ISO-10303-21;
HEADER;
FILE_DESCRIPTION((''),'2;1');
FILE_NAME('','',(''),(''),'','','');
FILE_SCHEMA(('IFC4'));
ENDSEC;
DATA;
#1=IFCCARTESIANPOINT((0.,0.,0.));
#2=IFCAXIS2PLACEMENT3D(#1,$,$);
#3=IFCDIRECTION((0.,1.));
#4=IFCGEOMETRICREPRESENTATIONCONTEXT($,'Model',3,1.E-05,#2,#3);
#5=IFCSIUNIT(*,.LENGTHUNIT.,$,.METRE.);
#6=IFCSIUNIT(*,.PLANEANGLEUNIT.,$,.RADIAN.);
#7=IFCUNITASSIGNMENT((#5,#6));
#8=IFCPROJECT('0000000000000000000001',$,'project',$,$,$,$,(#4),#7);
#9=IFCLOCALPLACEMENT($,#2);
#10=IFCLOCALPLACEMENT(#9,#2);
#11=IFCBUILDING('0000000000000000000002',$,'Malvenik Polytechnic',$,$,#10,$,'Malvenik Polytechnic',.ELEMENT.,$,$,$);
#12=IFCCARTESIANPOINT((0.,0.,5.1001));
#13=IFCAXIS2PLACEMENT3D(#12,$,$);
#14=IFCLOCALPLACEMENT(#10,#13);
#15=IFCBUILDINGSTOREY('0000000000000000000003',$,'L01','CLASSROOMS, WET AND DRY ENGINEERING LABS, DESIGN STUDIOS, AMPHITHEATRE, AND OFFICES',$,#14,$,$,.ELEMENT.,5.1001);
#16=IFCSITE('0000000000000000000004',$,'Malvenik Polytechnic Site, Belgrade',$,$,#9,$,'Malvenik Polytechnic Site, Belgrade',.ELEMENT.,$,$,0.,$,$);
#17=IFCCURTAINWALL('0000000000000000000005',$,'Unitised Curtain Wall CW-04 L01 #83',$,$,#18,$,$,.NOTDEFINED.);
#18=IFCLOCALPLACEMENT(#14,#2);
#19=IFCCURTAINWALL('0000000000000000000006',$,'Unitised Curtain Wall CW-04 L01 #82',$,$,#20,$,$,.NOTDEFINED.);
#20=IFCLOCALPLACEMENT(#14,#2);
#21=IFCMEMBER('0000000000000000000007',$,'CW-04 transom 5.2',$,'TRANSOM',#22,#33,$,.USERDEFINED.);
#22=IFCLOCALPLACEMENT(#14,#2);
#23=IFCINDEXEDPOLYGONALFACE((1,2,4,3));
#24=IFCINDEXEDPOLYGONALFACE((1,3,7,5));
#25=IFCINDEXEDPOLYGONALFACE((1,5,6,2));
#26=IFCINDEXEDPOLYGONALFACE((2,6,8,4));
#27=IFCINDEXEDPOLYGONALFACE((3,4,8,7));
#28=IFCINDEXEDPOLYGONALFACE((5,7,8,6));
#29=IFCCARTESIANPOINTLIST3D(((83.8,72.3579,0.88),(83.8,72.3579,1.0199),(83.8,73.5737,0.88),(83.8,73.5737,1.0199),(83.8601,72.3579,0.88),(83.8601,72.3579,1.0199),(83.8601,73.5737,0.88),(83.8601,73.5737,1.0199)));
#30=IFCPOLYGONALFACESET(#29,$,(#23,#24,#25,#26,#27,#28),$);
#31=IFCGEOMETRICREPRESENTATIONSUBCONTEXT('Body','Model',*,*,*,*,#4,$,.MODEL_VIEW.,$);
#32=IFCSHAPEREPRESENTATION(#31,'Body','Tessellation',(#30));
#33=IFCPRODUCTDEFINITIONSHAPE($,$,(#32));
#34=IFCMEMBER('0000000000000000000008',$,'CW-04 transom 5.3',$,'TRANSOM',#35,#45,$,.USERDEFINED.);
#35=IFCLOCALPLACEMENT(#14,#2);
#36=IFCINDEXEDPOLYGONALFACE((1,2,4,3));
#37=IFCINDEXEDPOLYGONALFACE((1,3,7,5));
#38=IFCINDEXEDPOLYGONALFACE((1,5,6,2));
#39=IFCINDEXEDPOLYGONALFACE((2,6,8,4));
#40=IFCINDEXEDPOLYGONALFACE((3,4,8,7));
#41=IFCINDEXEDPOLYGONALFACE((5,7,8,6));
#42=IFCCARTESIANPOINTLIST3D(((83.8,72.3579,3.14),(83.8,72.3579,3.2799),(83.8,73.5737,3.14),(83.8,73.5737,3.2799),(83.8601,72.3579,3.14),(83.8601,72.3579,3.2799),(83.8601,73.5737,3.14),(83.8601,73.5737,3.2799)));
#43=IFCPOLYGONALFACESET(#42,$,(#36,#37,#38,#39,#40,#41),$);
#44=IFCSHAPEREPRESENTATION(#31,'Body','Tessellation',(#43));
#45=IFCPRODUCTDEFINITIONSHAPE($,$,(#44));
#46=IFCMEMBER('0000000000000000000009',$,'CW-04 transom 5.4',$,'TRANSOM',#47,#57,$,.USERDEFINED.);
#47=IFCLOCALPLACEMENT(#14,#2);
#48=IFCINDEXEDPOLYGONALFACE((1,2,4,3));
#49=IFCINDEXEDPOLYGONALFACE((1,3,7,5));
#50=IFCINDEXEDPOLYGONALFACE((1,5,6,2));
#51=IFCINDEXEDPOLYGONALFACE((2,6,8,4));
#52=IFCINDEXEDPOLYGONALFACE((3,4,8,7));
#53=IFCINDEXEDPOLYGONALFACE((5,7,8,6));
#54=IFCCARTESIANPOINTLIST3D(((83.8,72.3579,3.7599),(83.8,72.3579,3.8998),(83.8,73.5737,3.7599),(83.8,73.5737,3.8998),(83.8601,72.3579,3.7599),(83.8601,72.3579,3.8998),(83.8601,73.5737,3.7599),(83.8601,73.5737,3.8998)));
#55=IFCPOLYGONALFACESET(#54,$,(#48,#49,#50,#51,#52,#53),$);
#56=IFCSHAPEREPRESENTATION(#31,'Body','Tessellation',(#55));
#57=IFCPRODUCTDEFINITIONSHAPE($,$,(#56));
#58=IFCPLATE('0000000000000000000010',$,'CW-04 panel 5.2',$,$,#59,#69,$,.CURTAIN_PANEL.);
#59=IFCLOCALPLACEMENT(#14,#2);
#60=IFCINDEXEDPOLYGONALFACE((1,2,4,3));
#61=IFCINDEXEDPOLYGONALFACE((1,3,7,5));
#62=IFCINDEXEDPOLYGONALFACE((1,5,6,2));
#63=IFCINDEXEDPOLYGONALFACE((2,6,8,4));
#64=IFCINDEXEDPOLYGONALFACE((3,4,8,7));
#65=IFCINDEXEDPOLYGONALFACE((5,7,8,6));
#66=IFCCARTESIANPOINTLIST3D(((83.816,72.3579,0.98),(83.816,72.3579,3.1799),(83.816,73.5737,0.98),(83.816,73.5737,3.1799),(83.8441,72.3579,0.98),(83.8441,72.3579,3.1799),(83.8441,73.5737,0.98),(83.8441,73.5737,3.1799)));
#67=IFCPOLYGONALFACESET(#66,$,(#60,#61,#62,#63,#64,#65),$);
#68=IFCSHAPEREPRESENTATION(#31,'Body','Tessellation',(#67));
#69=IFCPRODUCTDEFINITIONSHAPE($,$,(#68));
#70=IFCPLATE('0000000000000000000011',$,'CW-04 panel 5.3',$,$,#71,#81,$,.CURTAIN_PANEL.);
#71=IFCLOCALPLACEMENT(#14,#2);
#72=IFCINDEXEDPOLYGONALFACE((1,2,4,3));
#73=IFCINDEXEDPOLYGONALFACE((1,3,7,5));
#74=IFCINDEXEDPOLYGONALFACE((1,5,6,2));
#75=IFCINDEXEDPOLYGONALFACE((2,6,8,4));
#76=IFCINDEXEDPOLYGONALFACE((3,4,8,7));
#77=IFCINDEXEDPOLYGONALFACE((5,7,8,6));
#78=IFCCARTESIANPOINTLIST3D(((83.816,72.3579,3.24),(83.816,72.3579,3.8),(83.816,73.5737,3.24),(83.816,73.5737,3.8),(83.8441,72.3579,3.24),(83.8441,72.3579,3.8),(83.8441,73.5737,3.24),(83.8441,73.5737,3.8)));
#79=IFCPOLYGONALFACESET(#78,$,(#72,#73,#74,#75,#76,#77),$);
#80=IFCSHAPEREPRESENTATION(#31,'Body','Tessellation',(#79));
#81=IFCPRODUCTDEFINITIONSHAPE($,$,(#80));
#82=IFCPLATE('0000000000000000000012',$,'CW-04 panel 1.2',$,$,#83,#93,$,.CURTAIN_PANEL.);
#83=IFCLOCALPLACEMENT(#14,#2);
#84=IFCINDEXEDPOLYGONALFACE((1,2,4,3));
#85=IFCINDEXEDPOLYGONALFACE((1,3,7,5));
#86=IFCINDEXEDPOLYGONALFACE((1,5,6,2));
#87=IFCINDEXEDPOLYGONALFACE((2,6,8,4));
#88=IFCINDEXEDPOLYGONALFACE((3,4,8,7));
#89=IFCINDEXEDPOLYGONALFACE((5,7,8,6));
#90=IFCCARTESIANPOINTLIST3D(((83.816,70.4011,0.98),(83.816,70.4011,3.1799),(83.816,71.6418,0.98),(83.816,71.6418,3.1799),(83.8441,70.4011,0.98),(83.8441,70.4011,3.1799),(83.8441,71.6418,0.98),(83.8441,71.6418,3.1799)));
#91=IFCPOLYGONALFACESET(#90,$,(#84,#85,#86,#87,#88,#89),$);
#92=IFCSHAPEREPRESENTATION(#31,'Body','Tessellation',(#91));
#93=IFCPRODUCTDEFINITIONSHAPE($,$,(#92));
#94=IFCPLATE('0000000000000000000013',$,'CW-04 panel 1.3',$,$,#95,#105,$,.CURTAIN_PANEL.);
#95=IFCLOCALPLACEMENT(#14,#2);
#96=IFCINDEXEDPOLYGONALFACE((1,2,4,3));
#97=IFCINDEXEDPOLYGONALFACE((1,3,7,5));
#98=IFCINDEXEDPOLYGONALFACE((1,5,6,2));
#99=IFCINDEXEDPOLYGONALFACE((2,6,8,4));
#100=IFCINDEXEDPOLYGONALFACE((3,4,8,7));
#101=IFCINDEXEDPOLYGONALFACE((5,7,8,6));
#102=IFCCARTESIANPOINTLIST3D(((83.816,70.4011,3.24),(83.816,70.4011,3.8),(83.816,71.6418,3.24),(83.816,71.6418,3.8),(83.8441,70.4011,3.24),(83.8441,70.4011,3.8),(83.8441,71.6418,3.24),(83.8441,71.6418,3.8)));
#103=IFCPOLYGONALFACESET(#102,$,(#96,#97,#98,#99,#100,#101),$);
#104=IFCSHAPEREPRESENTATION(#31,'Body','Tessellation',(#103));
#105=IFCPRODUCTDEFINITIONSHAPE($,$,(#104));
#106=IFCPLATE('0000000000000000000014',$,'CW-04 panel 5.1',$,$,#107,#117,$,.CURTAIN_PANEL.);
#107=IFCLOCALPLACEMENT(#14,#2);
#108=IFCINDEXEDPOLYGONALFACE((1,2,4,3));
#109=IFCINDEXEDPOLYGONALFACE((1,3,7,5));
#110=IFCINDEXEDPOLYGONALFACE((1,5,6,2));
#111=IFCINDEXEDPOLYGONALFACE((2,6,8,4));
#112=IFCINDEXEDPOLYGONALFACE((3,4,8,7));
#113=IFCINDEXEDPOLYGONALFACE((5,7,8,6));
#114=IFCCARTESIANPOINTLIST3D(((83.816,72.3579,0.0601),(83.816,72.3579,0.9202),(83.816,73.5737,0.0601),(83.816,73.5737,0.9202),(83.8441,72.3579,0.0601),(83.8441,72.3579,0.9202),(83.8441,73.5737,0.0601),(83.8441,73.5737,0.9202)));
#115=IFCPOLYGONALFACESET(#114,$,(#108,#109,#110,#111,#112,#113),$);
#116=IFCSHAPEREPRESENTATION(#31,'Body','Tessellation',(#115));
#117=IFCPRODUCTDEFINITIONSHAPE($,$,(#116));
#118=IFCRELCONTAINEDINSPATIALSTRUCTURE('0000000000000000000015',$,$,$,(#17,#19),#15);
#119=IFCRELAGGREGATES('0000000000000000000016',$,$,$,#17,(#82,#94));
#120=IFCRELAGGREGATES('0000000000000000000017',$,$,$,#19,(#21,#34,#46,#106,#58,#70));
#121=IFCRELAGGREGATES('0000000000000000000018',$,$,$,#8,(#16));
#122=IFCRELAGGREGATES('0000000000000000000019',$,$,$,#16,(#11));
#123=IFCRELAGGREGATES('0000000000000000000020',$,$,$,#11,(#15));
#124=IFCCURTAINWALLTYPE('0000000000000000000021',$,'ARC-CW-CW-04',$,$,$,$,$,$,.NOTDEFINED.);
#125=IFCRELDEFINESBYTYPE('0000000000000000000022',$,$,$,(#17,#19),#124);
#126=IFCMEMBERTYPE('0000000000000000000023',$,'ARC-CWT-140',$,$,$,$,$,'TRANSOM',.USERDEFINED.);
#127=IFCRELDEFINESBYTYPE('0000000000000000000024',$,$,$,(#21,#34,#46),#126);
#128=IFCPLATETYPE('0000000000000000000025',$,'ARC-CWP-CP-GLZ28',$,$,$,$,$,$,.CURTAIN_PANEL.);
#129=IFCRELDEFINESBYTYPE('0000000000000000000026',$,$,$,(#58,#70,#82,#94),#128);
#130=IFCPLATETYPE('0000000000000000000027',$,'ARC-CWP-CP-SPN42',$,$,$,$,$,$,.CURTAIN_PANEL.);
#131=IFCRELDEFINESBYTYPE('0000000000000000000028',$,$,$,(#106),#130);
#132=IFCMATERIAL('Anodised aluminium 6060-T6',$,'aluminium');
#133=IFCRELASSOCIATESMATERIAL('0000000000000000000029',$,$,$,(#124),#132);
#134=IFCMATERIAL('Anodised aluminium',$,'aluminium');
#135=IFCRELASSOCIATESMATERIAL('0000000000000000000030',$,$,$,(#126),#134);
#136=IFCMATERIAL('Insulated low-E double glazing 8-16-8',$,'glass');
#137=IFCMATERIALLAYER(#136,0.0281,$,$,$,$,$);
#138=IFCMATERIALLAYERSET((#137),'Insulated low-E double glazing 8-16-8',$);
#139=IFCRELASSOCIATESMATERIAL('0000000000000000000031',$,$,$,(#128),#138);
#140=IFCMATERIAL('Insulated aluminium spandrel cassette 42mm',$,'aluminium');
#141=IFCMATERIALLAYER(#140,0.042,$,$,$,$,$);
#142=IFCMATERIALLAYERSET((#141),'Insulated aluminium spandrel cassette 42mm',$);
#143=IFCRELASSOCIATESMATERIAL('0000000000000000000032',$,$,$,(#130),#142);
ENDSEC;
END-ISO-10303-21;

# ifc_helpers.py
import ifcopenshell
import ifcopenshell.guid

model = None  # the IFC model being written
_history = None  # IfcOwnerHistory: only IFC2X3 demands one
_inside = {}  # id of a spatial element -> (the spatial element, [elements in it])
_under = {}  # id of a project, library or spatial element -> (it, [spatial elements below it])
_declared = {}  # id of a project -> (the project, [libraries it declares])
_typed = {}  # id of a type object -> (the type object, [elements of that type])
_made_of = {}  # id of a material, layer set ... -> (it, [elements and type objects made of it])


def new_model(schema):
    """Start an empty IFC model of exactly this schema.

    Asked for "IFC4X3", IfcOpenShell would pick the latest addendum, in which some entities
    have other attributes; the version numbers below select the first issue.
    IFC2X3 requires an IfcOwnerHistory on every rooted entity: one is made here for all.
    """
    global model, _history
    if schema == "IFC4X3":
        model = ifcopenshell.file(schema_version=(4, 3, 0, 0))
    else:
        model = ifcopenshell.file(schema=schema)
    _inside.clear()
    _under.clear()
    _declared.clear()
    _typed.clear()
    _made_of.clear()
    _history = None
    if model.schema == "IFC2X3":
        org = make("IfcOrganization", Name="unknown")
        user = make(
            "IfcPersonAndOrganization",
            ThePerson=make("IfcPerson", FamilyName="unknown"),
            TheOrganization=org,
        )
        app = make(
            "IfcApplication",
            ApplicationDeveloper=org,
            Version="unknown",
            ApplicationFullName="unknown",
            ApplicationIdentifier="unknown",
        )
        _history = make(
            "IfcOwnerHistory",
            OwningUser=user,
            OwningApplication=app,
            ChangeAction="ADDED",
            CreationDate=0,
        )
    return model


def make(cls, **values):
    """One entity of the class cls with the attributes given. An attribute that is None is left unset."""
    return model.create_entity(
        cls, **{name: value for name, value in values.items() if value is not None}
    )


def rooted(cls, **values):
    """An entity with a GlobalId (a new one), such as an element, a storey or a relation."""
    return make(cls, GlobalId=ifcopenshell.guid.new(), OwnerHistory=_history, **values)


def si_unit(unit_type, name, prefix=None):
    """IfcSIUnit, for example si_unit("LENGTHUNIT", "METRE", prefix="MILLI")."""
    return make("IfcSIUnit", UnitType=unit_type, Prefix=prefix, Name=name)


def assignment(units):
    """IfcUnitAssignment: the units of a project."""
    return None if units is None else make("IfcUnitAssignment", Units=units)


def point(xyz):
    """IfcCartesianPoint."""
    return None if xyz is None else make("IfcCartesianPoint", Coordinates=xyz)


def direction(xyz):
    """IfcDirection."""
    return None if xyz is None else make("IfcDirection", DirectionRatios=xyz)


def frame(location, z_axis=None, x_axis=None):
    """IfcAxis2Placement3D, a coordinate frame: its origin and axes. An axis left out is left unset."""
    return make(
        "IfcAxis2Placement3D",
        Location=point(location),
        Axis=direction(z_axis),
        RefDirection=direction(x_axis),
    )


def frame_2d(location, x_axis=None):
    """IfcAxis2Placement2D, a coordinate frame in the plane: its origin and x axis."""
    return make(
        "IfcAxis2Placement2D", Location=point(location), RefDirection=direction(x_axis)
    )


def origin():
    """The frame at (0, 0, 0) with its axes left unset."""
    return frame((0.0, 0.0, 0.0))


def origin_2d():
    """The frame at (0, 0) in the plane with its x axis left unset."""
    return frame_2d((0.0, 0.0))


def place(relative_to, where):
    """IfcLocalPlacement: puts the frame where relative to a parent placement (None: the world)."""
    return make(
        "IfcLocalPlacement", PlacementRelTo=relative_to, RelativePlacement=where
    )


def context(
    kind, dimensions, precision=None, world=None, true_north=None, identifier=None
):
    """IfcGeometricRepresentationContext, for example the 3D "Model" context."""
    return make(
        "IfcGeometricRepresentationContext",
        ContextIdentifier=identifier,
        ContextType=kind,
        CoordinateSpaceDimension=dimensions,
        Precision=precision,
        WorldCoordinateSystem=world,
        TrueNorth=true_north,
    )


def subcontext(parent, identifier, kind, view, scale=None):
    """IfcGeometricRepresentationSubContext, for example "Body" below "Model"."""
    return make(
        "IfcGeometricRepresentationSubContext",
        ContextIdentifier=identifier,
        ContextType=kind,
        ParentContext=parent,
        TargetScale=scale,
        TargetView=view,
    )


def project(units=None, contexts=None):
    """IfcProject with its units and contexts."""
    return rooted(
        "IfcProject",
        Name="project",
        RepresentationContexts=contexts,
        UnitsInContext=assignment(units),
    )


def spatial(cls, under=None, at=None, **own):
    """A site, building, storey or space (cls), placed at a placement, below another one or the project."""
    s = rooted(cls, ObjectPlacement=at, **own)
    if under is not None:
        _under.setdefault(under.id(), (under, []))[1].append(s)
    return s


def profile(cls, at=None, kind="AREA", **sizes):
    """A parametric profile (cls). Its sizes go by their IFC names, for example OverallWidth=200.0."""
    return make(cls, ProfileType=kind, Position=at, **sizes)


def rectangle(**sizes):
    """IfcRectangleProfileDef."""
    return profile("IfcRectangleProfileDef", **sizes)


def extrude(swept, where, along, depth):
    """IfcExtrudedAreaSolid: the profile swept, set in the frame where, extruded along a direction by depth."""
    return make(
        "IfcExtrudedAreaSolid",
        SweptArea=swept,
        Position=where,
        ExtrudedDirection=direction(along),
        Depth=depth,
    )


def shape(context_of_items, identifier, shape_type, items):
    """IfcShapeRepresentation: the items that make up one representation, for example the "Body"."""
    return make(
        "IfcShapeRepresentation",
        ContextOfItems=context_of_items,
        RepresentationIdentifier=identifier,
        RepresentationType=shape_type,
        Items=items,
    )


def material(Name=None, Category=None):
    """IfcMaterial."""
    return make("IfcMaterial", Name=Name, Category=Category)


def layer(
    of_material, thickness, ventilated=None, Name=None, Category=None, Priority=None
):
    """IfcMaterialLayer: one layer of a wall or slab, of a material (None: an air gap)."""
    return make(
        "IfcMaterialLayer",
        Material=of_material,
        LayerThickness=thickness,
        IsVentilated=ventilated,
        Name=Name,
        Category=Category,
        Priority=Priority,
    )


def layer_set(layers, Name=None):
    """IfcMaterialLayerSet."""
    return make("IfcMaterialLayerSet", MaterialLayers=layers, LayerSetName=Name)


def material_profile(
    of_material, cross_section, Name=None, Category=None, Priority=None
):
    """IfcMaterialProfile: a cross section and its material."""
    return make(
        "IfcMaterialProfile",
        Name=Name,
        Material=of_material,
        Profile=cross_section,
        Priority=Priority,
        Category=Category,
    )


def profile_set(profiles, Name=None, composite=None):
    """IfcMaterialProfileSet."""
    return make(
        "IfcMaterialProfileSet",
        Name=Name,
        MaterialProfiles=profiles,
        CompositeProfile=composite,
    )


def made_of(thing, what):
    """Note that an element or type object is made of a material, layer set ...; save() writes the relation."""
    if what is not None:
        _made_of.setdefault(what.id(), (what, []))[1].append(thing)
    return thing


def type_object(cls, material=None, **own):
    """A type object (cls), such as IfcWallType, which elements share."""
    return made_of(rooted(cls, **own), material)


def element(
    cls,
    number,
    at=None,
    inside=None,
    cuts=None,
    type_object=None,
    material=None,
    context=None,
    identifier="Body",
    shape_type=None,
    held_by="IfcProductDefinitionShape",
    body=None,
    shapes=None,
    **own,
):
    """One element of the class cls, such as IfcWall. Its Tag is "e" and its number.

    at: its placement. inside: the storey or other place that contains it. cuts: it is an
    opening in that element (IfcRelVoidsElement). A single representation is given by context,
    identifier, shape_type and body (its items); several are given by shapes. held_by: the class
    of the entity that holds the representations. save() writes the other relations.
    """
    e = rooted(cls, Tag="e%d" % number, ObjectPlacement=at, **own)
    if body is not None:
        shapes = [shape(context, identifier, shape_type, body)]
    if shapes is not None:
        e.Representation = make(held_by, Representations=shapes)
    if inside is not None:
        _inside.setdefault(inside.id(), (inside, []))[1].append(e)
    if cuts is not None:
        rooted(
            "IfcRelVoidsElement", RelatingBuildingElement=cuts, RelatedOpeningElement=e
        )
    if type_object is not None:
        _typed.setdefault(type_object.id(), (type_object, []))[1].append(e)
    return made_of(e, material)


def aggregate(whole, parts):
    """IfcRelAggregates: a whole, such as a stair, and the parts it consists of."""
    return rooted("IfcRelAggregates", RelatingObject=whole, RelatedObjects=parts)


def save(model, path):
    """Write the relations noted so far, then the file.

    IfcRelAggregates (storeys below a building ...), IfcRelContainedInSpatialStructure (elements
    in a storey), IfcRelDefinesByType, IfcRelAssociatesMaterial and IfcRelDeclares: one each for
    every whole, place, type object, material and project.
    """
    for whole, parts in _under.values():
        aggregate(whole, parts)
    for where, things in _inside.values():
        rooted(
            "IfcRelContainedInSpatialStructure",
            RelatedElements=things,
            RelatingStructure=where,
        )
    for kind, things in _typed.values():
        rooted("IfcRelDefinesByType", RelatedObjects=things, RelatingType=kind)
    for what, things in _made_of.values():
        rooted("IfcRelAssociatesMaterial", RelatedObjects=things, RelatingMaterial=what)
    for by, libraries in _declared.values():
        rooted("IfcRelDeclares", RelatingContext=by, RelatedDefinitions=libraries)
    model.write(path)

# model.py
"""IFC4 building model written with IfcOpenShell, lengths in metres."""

from ifc_helpers import new_model, si_unit, direction, frame, origin, origin_2d, place, context, subcontext, project, spatial, rectangle, extrude, material, layer, layer_set, material_profile, profile_set, type_object, element, aggregate, save


model = new_model("IFC4")

# Units and contexts
model_context = context("Model", 3, precision=1e-05, world=origin(), true_north=direction((0.0, 1.0)))
body_context = subcontext(model_context, "Body", "Model", "MODEL_VIEW")
ifc_project = project(units=[si_unit("LENGTHUNIT", "METRE"), si_unit("PLANEANGLEUNIT", "RADIAN")], contexts=[model_context])

# Site, building, storey
site_placement = place(None, origin())
site = spatial("IfcSite", under=ifc_project, at=site_placement, Name="Malvenik Polytechnic Site, Belgrade", LongName="Malvenik Polytechnic Site, Belgrade", CompositionType="ELEMENT", RefElevation=0.0)
building_placement = place(site_placement, origin())
building = spatial("IfcBuilding", under=site, at=building_placement, Name="Malvenik Polytechnic", LongName="Malvenik Polytechnic", CompositionType="ELEMENT")
storey_placement = place(building_placement, frame((0.0, 0.0, 5.1001)))
storey = spatial("IfcBuildingStorey", under=building, at=storey_placement, Name="L01", Description="CLASSROOMS, WET AND DRY ENGINEERING LABS, DESIGN STUDIOS, AMPHITHEATRE, AND OFFICES", CompositionType="ELEMENT", Elevation=5.1001)

# Curtain wall
ifc_material_1 = material(Name="Anodised aluminium 6060-T6", Category="aluminium")
curtain_wall_type = type_object("IfcCurtainWallType", Name="ARC-CW-CW-04", PredefinedType="NOTDEFINED", material=ifc_material_1)
curtain_wall_1_placement = place(storey_placement, origin())
curtain_wall_1 = element("IfcCurtainWall", 1, at=curtain_wall_1_placement, inside=storey, type_object=curtain_wall_type, Name="Unitised Curtain Wall CW-04 L01 #83", PredefinedType="NOTDEFINED")
ifc_material_2 = material(Name="Anodised aluminium", Category="aluminium")

# Curtain wall
curtain_wall_2_placement = place(storey_placement, origin())
curtain_wall_2 = element("IfcCurtainWall", 2, at=curtain_wall_2_placement, inside=storey, type_object=curtain_wall_type, Name="Unitised Curtain Wall CW-04 L01 #82", PredefinedType="NOTDEFINED")

# Members
ifc_material_profile_1 = material_profile(ifc_material_2, rectangle(XDim=0.0601, YDim=0.1399, at=origin_2d()), Name="ALU TRANSOM 60x140")
ifc_profile_set_1 = profile_set([ifc_material_profile_1], Name="Anodised aluminium")
member_type_1 = type_object("IfcMemberType", Name="ARC-CWT-140", ElementType="TRANSOM", PredefinedType="USERDEFINED", material=ifc_profile_set_1)
member_1_placement = place(storey_placement, frame((83.8301, 73.5737, 0.95), z_axis=(0.0, -1.0, 0.0), x_axis=(1.0, 0.0, 0.0)))
member_1 = element("IfcMember", 3, at=member_1_placement, type_object=member_type_1, Name="CW-04 transom 5.2", ObjectType="TRANSOM", PredefinedType="USERDEFINED", context=body_context, shape_type="SweptSolid", body=[
    extrude(rectangle(XDim=0.0601, YDim=0.1399, at=origin_2d()), origin(), (0.0, 0.0, 1.0), 1.2158),
])
member_2_placement = place(storey_placement, frame((83.8301, 73.5737, 3.21), z_axis=(0.0, -1.0, 0.0), x_axis=(1.0, 0.0, 0.0)))
member_2 = element("IfcMember", 4, at=member_2_placement, type_object=member_type_1, Name="CW-04 transom 5.3", ObjectType="TRANSOM", PredefinedType="USERDEFINED", context=body_context, shape_type="SweptSolid", body=[
    extrude(rectangle(XDim=0.0601, YDim=0.1399, at=origin_2d()), origin(), (0.0, 0.0, 1.0), 1.2158),
])
member_3_placement = place(storey_placement, frame((83.8301, 73.5737, 3.8298), z_axis=(0.0, -1.0, 0.0), x_axis=(1.0, 0.0, 0.0)))
member_3 = element("IfcMember", 5, at=member_3_placement, type_object=member_type_1, Name="CW-04 transom 5.4", ObjectType="TRANSOM", PredefinedType="USERDEFINED", context=body_context, shape_type="SweptSolid", body=[
    extrude(rectangle(XDim=0.0601, YDim=0.1399, at=origin_2d()), origin(), (0.0, 0.0, 1.0), 1.2158),
])

# Plates
ifc_material_3 = material(Name="Insulated low-E double glazing 8-16-8", Category="glass")
ifc_layer_1 = layer(ifc_material_3, 0.0281)
ifc_layer_set_1 = layer_set([ifc_layer_1], Name="Insulated low-E double glazing 8-16-8")
plate_type_1 = type_object("IfcPlateType", Name="ARC-CWP-CP-GLZ28", PredefinedType="CURTAIN_PANEL", material=ifc_layer_set_1)
plate_1_placement = place(storey_placement, frame((83.8301, 72.9658, 0.98), z_axis=(0.0, 0.0, 1.0), x_axis=(0.0, -1.0, 0.0)))
plate_1 = element("IfcPlate", 6, at=plate_1_placement, type_object=plate_type_1, Name="CW-04 panel 5.2", PredefinedType="CURTAIN_PANEL", context=body_context, shape_type="SweptSolid", body=[
    extrude(rectangle(XDim=1.2158, YDim=0.0281, at=origin_2d()), origin(), (0.0, 0.0, 1.0), 2.2),
])
plate_2_placement = place(storey_placement, frame((83.8301, 72.9658, 3.24), z_axis=(0.0, 0.0, 1.0), x_axis=(0.0, -1.0, 0.0)))
plate_2 = element("IfcPlate", 7, at=plate_2_placement, type_object=plate_type_1, Name="CW-04 panel 5.3", PredefinedType="CURTAIN_PANEL", context=body_context, shape_type="SweptSolid", body=[
    extrude(rectangle(XDim=1.2158, YDim=0.0281, at=origin_2d()), origin(), (0.0, 0.0, 1.0), 0.5601),
])
plate_3_placement = place(storey_placement, frame((83.8301, 71.0215, 0.98), z_axis=(0.0, 0.0, 1.0), x_axis=(0.0, -1.0, 0.0)))
plate_3 = element("IfcPlate", 8, at=plate_3_placement, type_object=plate_type_1, Name="CW-04 panel 1.2", PredefinedType="CURTAIN_PANEL", context=body_context, shape_type="SweptSolid", body=[
    extrude(rectangle(XDim=1.2407, YDim=0.0281, at=origin_2d()), origin(), (0.0, 0.0, 1.0), 2.2),
])
plate_4_placement = place(storey_placement, frame((83.8301, 71.0215, 3.24), z_axis=(0.0, 0.0, 1.0), x_axis=(0.0, -1.0, 0.0)))
plate_4 = element("IfcPlate", 9, at=plate_4_placement, type_object=plate_type_1, Name="CW-04 panel 1.3", PredefinedType="CURTAIN_PANEL", context=body_context, shape_type="SweptSolid", body=[
    extrude(rectangle(XDim=1.2407, YDim=0.0281, at=origin_2d()), origin(), (0.0, 0.0, 1.0), 0.5601),
])
aggregate(curtain_wall_1, [plate_3, plate_4])
ifc_material_4 = material(Name="Insulated aluminium spandrel cassette 42mm", Category="aluminium")
ifc_layer_2 = layer(ifc_material_4, 0.042)
ifc_layer_set_2 = layer_set([ifc_layer_2], Name="Insulated aluminium spandrel cassette 42mm")
plate_type_2 = type_object("IfcPlateType", Name="ARC-CWP-CP-SPN42", PredefinedType="CURTAIN_PANEL", material=ifc_layer_set_2)
plate_5_placement = place(storey_placement, frame((83.8301, 72.9658, 0.0601), z_axis=(0.0, 0.0, 1.0), x_axis=(0.0, -1.0, 0.0)))
plate_5 = element("IfcPlate", 10, at=plate_5_placement, type_object=plate_type_2, Name="CW-04 panel 5.1", PredefinedType="CURTAIN_PANEL", context=body_context, shape_type="SweptSolid", body=[
    extrude(rectangle(XDim=1.2158, YDim=0.0281, at=origin_2d()), origin(), (0.0, 0.0, 1.0), 0.8601),
])
aggregate(curtain_wall_2, [member_1, member_2, member_3, plate_5, plate_1, plate_2])

save(model, "model.ifc")
